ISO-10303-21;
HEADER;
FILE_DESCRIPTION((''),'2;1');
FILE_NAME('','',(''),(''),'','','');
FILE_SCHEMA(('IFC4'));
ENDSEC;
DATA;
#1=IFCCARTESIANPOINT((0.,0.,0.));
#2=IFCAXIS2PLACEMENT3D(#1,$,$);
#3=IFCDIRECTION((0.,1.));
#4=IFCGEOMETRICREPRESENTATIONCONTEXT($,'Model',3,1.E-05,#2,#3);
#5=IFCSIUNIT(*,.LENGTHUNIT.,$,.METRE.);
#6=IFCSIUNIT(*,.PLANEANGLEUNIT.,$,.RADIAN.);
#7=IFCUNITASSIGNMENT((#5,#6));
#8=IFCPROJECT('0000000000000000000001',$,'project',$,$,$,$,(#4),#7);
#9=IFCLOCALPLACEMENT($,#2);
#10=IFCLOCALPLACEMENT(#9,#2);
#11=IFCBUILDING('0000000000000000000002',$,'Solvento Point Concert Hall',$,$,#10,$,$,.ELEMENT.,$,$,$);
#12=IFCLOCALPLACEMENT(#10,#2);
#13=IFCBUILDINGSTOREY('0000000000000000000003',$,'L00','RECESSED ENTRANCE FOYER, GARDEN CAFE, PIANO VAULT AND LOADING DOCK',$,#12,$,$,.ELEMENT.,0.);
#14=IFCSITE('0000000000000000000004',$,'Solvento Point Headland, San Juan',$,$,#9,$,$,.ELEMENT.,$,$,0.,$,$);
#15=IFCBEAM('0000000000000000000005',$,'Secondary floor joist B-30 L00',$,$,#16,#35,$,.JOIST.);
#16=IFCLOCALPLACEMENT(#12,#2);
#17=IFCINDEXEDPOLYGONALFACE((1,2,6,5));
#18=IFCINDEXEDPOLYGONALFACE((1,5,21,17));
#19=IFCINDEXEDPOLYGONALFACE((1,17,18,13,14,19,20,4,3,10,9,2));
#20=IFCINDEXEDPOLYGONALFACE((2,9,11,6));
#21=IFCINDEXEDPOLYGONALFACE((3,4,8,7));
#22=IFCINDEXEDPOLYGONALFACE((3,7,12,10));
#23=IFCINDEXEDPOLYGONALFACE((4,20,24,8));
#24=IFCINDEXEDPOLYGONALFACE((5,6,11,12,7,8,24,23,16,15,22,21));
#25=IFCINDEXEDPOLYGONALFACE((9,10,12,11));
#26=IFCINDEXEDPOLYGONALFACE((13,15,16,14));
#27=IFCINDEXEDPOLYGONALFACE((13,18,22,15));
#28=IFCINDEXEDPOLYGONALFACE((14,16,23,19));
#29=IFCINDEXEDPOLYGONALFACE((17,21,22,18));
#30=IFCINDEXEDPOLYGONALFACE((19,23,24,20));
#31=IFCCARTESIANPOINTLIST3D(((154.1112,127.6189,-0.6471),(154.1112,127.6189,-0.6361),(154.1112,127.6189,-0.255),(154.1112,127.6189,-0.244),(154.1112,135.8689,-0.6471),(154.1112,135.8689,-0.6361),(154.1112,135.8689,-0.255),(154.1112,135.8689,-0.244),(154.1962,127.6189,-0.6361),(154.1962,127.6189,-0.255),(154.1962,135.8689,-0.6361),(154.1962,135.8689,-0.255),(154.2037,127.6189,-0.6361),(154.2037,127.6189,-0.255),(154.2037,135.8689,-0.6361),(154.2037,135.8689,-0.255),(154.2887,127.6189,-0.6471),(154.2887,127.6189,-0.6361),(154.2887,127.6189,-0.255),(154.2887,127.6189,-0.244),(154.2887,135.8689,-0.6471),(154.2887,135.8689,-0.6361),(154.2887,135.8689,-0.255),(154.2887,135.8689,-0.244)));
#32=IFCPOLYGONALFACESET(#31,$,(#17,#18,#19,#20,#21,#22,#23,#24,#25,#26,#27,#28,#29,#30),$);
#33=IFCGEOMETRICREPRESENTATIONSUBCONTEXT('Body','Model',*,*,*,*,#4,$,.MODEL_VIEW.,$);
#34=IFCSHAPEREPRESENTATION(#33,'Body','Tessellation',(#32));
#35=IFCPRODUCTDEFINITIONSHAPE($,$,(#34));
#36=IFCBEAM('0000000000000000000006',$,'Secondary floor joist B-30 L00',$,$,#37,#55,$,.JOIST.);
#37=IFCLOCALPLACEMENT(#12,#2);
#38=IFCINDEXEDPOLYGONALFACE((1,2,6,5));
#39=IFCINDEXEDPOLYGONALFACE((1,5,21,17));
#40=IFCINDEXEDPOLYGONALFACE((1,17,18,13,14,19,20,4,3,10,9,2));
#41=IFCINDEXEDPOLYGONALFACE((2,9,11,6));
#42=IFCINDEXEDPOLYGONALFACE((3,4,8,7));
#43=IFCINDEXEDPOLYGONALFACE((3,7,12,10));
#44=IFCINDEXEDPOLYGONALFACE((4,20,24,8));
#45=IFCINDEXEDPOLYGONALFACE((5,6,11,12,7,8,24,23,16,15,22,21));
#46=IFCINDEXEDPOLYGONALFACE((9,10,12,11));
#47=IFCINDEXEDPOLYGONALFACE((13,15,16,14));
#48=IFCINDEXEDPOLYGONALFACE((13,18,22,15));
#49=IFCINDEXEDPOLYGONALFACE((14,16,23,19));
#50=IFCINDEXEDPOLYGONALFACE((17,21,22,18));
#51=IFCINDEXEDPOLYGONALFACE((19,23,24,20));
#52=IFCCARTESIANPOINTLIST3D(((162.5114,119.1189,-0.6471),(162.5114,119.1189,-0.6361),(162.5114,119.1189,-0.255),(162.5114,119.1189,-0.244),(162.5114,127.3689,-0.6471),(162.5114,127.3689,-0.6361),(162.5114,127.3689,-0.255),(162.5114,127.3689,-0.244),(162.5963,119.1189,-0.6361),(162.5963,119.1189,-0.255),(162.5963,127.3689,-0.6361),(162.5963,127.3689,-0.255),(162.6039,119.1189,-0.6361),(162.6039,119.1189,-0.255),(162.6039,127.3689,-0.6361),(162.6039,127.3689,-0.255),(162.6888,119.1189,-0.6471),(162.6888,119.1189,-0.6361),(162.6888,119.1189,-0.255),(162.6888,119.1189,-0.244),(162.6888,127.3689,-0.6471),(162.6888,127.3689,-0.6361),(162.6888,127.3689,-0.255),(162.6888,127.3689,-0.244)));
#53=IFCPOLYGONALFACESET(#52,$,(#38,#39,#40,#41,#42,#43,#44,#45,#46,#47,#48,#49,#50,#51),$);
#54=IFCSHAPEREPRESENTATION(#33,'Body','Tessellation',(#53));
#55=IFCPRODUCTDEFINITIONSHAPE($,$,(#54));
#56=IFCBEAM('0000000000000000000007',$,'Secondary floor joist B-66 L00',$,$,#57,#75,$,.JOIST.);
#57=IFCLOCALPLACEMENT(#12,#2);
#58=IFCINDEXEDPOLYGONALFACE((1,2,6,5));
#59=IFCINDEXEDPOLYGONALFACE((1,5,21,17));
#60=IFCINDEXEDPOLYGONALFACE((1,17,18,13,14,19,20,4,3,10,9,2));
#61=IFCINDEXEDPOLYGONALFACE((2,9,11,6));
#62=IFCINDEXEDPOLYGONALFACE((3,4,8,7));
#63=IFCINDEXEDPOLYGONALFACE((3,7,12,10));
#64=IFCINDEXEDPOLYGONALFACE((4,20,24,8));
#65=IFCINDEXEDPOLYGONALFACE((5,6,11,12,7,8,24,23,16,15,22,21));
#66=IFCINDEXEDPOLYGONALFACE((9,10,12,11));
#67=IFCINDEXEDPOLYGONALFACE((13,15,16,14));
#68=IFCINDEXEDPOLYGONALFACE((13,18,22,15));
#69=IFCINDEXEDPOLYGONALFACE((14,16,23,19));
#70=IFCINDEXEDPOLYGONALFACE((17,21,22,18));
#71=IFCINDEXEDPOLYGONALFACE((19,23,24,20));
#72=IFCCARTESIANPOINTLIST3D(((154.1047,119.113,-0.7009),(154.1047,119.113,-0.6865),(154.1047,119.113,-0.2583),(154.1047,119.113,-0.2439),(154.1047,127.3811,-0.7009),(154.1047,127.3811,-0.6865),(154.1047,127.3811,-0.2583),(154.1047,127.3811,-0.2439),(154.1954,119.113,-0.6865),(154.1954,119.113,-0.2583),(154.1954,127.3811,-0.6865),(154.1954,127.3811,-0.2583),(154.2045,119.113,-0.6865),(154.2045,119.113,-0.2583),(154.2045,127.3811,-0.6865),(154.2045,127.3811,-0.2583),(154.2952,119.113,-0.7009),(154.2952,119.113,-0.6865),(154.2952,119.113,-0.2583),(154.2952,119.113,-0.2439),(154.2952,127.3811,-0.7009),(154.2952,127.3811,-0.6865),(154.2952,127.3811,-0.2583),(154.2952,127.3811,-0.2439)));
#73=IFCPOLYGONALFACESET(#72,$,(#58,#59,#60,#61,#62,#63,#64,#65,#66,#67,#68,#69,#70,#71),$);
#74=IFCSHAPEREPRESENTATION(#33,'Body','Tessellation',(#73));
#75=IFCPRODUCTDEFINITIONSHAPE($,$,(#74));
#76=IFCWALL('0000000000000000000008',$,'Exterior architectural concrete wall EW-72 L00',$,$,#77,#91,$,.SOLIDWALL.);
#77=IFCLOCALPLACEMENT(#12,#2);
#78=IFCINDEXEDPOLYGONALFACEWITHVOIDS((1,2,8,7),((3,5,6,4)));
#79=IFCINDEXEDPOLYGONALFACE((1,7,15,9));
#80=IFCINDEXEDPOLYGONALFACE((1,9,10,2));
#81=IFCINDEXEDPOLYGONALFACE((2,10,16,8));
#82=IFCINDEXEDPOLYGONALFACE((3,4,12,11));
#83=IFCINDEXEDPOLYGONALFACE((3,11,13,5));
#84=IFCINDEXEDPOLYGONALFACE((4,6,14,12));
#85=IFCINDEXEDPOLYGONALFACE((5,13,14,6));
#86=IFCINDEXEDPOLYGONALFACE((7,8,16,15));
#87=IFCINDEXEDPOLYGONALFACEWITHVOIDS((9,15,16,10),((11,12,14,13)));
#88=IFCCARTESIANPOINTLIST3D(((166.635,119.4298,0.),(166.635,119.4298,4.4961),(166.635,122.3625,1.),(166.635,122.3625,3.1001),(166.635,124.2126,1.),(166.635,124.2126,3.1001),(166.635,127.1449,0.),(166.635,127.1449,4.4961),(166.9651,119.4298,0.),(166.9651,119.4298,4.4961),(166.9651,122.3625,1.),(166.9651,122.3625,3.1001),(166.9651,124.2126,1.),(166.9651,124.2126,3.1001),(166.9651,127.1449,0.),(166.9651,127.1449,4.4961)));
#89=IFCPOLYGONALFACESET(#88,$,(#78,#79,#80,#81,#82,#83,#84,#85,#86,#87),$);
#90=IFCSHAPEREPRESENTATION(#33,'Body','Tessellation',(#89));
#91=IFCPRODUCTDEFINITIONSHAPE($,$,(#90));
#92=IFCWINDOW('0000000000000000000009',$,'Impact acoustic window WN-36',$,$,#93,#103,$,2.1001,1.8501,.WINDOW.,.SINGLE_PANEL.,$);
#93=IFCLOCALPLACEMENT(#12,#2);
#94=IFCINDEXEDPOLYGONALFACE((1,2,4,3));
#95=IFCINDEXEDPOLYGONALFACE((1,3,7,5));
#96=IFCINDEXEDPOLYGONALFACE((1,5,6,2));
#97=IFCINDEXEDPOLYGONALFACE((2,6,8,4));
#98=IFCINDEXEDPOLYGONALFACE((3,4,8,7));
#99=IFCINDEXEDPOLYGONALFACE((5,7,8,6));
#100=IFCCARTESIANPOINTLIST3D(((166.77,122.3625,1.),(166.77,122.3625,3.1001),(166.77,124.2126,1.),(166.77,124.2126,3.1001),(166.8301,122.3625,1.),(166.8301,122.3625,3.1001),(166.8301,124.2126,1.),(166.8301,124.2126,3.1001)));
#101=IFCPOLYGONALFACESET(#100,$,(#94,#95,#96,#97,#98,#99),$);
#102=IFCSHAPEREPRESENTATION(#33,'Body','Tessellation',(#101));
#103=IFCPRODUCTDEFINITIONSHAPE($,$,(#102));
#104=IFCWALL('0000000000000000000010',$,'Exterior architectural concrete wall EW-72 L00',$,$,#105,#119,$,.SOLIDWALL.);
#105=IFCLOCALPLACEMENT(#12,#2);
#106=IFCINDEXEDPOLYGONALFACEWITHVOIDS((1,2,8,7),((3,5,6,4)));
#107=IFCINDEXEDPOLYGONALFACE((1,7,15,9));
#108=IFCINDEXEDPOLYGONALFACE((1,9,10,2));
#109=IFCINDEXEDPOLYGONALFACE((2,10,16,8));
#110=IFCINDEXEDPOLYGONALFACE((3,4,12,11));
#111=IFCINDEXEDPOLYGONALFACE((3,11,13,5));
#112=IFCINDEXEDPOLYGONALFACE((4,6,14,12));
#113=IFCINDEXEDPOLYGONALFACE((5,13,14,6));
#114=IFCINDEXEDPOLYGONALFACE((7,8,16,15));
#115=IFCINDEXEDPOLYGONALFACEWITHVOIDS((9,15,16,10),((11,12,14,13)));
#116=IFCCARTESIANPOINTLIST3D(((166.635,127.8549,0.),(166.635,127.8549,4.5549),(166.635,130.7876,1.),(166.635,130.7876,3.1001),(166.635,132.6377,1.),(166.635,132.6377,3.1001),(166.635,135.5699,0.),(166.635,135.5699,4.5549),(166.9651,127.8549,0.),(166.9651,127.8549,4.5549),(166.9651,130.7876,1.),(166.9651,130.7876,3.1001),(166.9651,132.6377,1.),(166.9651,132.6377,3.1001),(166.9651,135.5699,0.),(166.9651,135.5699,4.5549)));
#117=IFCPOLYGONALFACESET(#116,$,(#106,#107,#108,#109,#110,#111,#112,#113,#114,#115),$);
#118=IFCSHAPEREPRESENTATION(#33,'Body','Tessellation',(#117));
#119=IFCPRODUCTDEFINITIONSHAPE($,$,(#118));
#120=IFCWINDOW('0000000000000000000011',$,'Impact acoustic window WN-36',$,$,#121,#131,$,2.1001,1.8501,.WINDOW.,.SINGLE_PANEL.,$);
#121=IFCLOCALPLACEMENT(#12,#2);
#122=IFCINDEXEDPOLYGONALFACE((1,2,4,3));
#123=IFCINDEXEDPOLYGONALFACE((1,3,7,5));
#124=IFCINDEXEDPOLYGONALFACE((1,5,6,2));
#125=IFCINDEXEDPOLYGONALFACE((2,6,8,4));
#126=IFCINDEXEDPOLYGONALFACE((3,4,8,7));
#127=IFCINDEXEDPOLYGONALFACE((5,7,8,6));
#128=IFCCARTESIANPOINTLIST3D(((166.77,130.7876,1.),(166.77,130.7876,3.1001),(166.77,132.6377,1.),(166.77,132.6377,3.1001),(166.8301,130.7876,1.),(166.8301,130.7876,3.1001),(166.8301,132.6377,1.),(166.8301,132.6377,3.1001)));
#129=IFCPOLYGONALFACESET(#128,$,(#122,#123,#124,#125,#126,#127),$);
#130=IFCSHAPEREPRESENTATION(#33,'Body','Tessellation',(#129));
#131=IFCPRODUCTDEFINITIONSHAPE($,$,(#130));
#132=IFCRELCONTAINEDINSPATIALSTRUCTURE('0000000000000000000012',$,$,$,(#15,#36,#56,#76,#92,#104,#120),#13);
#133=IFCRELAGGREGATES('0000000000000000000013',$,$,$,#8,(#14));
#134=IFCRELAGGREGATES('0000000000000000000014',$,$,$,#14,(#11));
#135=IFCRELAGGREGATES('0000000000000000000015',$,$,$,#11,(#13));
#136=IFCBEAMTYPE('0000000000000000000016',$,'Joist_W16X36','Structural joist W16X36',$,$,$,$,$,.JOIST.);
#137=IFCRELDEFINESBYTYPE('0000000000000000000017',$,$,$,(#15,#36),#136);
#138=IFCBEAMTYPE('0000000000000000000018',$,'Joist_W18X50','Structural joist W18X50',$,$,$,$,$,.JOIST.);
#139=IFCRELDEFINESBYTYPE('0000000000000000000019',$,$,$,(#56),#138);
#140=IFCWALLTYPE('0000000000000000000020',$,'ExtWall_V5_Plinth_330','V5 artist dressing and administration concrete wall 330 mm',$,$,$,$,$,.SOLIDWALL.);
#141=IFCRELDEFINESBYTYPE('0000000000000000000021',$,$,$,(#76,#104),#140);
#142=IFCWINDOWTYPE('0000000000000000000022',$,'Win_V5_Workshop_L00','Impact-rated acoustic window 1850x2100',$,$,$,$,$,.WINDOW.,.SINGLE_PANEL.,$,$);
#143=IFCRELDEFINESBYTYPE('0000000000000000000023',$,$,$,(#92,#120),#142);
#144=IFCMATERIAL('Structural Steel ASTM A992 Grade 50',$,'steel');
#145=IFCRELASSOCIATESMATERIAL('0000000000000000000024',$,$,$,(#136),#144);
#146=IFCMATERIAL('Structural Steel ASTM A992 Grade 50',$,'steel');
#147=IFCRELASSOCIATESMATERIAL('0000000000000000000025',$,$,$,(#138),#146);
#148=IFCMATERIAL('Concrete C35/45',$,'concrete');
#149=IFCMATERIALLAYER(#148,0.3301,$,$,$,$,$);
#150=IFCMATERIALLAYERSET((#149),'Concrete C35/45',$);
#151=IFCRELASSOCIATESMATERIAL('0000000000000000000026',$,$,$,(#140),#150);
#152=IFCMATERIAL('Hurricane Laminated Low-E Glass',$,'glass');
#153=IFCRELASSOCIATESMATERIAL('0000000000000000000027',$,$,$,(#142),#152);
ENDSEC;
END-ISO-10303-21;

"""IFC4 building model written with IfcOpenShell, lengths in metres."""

from ifc_helpers import new_model, si_unit, direction, frame, frame_2d, origin, origin_2d, place, context, subcontext, project, spatial, rectangle, i_section, extrude, material, layer, layer_set, material_profile, profile_set, type_object, element, fill, save


model = new_model("IFC4")

# Units and contexts
model_context = context("Model", 3, precision=1e-05, world=origin(), true_north=direction((0.0, 1.0)))
body_context = subcontext(model_context, "Body", "Model", "MODEL_VIEW")
ifc_project = project(units=[si_unit("LENGTHUNIT", "METRE"), si_unit("PLANEANGLEUNIT", "RADIAN")], contexts=[model_context])

# Site, building, storey
site_placement = place(None, origin())
site = spatial("IfcSite", under=ifc_project, at=site_placement, Name="Solvento Point Headland, San Juan", CompositionType="ELEMENT", RefElevation=0.0)
building_placement = place(site_placement, origin())
building = spatial("IfcBuilding", under=site, at=building_placement, Name="Solvento Point Concert Hall", CompositionType="ELEMENT")
storey_placement = place(building_placement, origin())
storey = spatial("IfcBuildingStorey", under=building, at=storey_placement, Name="L00", Description="RECESSED ENTRANCE FOYER, GARDEN CAFE, PIANO VAULT AND LOADING DOCK", CompositionType="ELEMENT", Elevation=0.0)

# Beams
ifc_material_1 = material(Name="Structural Steel ASTM A992 Grade 50", Category="steel")
ifc_material_profile_1 = material_profile(ifc_material_1, i_section(OverallWidth=0.1775, OverallDepth=0.4031, WebThickness=0.0076, FlangeThickness=0.011, at=origin_2d()), Name="W16X36")
ifc_profile_set_1 = profile_set([ifc_material_profile_1], Name="Structural Steel ASTM A992 Grade 50")
beam_type_1 = type_object("IfcBeamType", Name="Joist_W16X36", Description="Structural joist W16X36", PredefinedType="JOIST", material=ifc_profile_set_1)
for number, where, z_axis, x_axis, name in (
    (1, (154.2, 127.6189, -0.4456), (0.0, 1.0, 0.0), (-1.0, 0.0, 0.0), "Secondary floor joist B-30 L00"),
    (2, (162.6001, 119.1189, -0.4456), (0.0, 1.0, 0.0), (-1.0, 0.0, 0.0), "Secondary floor joist B-30 L00"),
):
    element("IfcBeam", number, at=place(storey_placement, frame(where, z_axis=z_axis, x_axis=x_axis)), inside=storey, type_object=beam_type_1, Name=name, PredefinedType="JOIST", context=body_context, shape_type="SweptSolid", body=[
        extrude(i_section(OverallWidth=0.1775, OverallDepth=0.4031, WebThickness=0.0076, FlangeThickness=0.011, at=origin_2d()), origin(), (0.0, 0.0, 1.0), 8.25),
    ])
ifc_material_2 = material(Name="Structural Steel ASTM A992 Grade 50", Category="steel")
ifc_material_profile_2 = material_profile(ifc_material_2, i_section(OverallWidth=0.1904, OverallDepth=0.457, WebThickness=0.009, FlangeThickness=0.0144, at=origin_2d()), Name="W18X50")
ifc_profile_set_2 = profile_set([ifc_material_profile_2], Name="Structural Steel ASTM A992 Grade 50")
beam_type_2 = type_object("IfcBeamType", Name="Joist_W18X50", Description="Structural joist W18X50", PredefinedType="JOIST", material=ifc_profile_set_2)
beam_1_placement = place(storey_placement, frame((154.2, 119.113, -0.4724), z_axis=(0.0, 1.0, 0.0), x_axis=(-1.0, 0.0, 0.0)))
element("IfcBeam", 3, at=beam_1_placement, inside=storey, type_object=beam_type_2, Name="Secondary floor joist B-66 L00", PredefinedType="JOIST", context=body_context, shape_type="SweptSolid", body=[
    extrude(i_section(OverallWidth=0.1904, OverallDepth=0.457, WebThickness=0.009, FlangeThickness=0.0144, at=origin_2d()), origin(), (0.0, 0.0, 1.0), 8.2681),
])

# Walls, openings, windows
ifc_material_3 = material(Name="Concrete C35/45", Category="concrete")
ifc_layer = layer(ifc_material_3, 0.3301)
ifc_layer_set = layer_set([ifc_layer], Name="Concrete C35/45")
wall_type = type_object("IfcWallType", Name="ExtWall_V5_Plinth_330", Description="V5 artist dressing and administration concrete wall 330 mm", PredefinedType="SOLIDWALL", material=ifc_layer_set)
wall_1_placement = place(storey_placement, frame((166.8, 119.4299, 0.0), z_axis=(0.0, 0.0, 1.0), x_axis=(0.0, 1.0, 0.0)))
wall_1 = element("IfcWall", 4, at=wall_1_placement, inside=storey, type_object=wall_type, Name="Exterior architectural concrete wall EW-72 L00", PredefinedType="SOLIDWALL", context=body_context, shape_type="SweptSolid", body=[
    extrude(rectangle(XDim=7.7151, YDim=0.3301, at=frame_2d((3.8574, 0.0))), origin(), (0.0, 0.0, 1.0), 4.4961),
])
opening_1_placement = place(wall_1_placement, frame((2.9326, 0.0, 1.0)))
opening_1 = element("IfcOpeningElement", 5, at=opening_1_placement, cuts=wall_1, PredefinedType="OPENING", context=body_context, shape_type="SweptSolid", body=[
    extrude(rectangle(XDim=1.8501, YDim=2.1001, at=frame_2d((0.925, 1.05))), frame((0.0, 0.175, 0.0), z_axis=(0.0, -1.0, 0.0), x_axis=(1.0, 0.0, 0.0)), (0.0, 0.0, 1.0), 0.3501),
])
ifc_material_4 = material(Name="Hurricane Laminated Low-E Glass", Category="glass")
window_type = type_object("IfcWindowType", Name="Win_V5_Workshop_L00", Description="Impact-rated acoustic window 1850x2100", PartitioningType="SINGLE_PANEL", PredefinedType="WINDOW", material=ifc_material_4)
window_1_placement = place(opening_1_placement, origin())
window_1 = element("IfcWindow", 6, at=window_1_placement, inside=storey, type_object=window_type, Name="Impact acoustic window WN-36", OverallHeight=2.1001, OverallWidth=1.8501, PartitioningType="SINGLE_PANEL", PredefinedType="WINDOW", context=body_context, shape_type="SweptSolid", body=[
    extrude(rectangle(XDim=1.8501, YDim=2.1001, at=frame_2d((0.925, 1.05))), frame((0.0, 0.03, 0.0), z_axis=(0.0, -1.0, 0.0), x_axis=(1.0, 0.0, 0.0)), (0.0, 0.0, 1.0), 0.0601),
])
fill(opening_1, window_1)
wall_2_placement = place(storey_placement, frame((166.8, 127.855, 0.0), z_axis=(0.0, 0.0, 1.0), x_axis=(0.0, 1.0, 0.0)))
wall_2 = element("IfcWall", 7, at=wall_2_placement, inside=storey, type_object=wall_type, Name="Exterior architectural concrete wall EW-72 L00", PredefinedType="SOLIDWALL", context=body_context, shape_type="SweptSolid", body=[
    extrude(rectangle(XDim=7.7151, YDim=0.3301, at=frame_2d((3.8574, 0.0))), origin(), (0.0, 0.0, 1.0), 4.5549),
])
opening_2_placement = place(wall_2_placement, frame((2.9326, 0.0, 1.0)))
opening_2 = element("IfcOpeningElement", 8, at=opening_2_placement, cuts=wall_2, PredefinedType="OPENING", context=body_context, shape_type="SweptSolid", body=[
    extrude(rectangle(XDim=1.8501, YDim=2.1001, at=frame_2d((0.925, 1.05))), frame((0.0, 0.175, 0.0), z_axis=(0.0, -1.0, 0.0), x_axis=(1.0, 0.0, 0.0)), (0.0, 0.0, 1.0), 0.3501),
])
window_2_placement = place(opening_2_placement, origin())
window_2 = element("IfcWindow", 9, at=window_2_placement, inside=storey, type_object=window_type, Name="Impact acoustic window WN-36", OverallHeight=2.1001, OverallWidth=1.8501, PartitioningType="SINGLE_PANEL", PredefinedType="WINDOW", context=body_context, shape_type="SweptSolid", body=[
    extrude(rectangle(XDim=1.8501, YDim=2.1001, at=frame_2d((0.925, 1.05))), frame((0.0, 0.03, 0.0), z_axis=(0.0, -1.0, 0.0), x_axis=(1.0, 0.0, 0.0)), (0.0, 0.0, 1.0), 0.0601),
])
fill(opening_2, window_2)

save(model, "model.ifc")
